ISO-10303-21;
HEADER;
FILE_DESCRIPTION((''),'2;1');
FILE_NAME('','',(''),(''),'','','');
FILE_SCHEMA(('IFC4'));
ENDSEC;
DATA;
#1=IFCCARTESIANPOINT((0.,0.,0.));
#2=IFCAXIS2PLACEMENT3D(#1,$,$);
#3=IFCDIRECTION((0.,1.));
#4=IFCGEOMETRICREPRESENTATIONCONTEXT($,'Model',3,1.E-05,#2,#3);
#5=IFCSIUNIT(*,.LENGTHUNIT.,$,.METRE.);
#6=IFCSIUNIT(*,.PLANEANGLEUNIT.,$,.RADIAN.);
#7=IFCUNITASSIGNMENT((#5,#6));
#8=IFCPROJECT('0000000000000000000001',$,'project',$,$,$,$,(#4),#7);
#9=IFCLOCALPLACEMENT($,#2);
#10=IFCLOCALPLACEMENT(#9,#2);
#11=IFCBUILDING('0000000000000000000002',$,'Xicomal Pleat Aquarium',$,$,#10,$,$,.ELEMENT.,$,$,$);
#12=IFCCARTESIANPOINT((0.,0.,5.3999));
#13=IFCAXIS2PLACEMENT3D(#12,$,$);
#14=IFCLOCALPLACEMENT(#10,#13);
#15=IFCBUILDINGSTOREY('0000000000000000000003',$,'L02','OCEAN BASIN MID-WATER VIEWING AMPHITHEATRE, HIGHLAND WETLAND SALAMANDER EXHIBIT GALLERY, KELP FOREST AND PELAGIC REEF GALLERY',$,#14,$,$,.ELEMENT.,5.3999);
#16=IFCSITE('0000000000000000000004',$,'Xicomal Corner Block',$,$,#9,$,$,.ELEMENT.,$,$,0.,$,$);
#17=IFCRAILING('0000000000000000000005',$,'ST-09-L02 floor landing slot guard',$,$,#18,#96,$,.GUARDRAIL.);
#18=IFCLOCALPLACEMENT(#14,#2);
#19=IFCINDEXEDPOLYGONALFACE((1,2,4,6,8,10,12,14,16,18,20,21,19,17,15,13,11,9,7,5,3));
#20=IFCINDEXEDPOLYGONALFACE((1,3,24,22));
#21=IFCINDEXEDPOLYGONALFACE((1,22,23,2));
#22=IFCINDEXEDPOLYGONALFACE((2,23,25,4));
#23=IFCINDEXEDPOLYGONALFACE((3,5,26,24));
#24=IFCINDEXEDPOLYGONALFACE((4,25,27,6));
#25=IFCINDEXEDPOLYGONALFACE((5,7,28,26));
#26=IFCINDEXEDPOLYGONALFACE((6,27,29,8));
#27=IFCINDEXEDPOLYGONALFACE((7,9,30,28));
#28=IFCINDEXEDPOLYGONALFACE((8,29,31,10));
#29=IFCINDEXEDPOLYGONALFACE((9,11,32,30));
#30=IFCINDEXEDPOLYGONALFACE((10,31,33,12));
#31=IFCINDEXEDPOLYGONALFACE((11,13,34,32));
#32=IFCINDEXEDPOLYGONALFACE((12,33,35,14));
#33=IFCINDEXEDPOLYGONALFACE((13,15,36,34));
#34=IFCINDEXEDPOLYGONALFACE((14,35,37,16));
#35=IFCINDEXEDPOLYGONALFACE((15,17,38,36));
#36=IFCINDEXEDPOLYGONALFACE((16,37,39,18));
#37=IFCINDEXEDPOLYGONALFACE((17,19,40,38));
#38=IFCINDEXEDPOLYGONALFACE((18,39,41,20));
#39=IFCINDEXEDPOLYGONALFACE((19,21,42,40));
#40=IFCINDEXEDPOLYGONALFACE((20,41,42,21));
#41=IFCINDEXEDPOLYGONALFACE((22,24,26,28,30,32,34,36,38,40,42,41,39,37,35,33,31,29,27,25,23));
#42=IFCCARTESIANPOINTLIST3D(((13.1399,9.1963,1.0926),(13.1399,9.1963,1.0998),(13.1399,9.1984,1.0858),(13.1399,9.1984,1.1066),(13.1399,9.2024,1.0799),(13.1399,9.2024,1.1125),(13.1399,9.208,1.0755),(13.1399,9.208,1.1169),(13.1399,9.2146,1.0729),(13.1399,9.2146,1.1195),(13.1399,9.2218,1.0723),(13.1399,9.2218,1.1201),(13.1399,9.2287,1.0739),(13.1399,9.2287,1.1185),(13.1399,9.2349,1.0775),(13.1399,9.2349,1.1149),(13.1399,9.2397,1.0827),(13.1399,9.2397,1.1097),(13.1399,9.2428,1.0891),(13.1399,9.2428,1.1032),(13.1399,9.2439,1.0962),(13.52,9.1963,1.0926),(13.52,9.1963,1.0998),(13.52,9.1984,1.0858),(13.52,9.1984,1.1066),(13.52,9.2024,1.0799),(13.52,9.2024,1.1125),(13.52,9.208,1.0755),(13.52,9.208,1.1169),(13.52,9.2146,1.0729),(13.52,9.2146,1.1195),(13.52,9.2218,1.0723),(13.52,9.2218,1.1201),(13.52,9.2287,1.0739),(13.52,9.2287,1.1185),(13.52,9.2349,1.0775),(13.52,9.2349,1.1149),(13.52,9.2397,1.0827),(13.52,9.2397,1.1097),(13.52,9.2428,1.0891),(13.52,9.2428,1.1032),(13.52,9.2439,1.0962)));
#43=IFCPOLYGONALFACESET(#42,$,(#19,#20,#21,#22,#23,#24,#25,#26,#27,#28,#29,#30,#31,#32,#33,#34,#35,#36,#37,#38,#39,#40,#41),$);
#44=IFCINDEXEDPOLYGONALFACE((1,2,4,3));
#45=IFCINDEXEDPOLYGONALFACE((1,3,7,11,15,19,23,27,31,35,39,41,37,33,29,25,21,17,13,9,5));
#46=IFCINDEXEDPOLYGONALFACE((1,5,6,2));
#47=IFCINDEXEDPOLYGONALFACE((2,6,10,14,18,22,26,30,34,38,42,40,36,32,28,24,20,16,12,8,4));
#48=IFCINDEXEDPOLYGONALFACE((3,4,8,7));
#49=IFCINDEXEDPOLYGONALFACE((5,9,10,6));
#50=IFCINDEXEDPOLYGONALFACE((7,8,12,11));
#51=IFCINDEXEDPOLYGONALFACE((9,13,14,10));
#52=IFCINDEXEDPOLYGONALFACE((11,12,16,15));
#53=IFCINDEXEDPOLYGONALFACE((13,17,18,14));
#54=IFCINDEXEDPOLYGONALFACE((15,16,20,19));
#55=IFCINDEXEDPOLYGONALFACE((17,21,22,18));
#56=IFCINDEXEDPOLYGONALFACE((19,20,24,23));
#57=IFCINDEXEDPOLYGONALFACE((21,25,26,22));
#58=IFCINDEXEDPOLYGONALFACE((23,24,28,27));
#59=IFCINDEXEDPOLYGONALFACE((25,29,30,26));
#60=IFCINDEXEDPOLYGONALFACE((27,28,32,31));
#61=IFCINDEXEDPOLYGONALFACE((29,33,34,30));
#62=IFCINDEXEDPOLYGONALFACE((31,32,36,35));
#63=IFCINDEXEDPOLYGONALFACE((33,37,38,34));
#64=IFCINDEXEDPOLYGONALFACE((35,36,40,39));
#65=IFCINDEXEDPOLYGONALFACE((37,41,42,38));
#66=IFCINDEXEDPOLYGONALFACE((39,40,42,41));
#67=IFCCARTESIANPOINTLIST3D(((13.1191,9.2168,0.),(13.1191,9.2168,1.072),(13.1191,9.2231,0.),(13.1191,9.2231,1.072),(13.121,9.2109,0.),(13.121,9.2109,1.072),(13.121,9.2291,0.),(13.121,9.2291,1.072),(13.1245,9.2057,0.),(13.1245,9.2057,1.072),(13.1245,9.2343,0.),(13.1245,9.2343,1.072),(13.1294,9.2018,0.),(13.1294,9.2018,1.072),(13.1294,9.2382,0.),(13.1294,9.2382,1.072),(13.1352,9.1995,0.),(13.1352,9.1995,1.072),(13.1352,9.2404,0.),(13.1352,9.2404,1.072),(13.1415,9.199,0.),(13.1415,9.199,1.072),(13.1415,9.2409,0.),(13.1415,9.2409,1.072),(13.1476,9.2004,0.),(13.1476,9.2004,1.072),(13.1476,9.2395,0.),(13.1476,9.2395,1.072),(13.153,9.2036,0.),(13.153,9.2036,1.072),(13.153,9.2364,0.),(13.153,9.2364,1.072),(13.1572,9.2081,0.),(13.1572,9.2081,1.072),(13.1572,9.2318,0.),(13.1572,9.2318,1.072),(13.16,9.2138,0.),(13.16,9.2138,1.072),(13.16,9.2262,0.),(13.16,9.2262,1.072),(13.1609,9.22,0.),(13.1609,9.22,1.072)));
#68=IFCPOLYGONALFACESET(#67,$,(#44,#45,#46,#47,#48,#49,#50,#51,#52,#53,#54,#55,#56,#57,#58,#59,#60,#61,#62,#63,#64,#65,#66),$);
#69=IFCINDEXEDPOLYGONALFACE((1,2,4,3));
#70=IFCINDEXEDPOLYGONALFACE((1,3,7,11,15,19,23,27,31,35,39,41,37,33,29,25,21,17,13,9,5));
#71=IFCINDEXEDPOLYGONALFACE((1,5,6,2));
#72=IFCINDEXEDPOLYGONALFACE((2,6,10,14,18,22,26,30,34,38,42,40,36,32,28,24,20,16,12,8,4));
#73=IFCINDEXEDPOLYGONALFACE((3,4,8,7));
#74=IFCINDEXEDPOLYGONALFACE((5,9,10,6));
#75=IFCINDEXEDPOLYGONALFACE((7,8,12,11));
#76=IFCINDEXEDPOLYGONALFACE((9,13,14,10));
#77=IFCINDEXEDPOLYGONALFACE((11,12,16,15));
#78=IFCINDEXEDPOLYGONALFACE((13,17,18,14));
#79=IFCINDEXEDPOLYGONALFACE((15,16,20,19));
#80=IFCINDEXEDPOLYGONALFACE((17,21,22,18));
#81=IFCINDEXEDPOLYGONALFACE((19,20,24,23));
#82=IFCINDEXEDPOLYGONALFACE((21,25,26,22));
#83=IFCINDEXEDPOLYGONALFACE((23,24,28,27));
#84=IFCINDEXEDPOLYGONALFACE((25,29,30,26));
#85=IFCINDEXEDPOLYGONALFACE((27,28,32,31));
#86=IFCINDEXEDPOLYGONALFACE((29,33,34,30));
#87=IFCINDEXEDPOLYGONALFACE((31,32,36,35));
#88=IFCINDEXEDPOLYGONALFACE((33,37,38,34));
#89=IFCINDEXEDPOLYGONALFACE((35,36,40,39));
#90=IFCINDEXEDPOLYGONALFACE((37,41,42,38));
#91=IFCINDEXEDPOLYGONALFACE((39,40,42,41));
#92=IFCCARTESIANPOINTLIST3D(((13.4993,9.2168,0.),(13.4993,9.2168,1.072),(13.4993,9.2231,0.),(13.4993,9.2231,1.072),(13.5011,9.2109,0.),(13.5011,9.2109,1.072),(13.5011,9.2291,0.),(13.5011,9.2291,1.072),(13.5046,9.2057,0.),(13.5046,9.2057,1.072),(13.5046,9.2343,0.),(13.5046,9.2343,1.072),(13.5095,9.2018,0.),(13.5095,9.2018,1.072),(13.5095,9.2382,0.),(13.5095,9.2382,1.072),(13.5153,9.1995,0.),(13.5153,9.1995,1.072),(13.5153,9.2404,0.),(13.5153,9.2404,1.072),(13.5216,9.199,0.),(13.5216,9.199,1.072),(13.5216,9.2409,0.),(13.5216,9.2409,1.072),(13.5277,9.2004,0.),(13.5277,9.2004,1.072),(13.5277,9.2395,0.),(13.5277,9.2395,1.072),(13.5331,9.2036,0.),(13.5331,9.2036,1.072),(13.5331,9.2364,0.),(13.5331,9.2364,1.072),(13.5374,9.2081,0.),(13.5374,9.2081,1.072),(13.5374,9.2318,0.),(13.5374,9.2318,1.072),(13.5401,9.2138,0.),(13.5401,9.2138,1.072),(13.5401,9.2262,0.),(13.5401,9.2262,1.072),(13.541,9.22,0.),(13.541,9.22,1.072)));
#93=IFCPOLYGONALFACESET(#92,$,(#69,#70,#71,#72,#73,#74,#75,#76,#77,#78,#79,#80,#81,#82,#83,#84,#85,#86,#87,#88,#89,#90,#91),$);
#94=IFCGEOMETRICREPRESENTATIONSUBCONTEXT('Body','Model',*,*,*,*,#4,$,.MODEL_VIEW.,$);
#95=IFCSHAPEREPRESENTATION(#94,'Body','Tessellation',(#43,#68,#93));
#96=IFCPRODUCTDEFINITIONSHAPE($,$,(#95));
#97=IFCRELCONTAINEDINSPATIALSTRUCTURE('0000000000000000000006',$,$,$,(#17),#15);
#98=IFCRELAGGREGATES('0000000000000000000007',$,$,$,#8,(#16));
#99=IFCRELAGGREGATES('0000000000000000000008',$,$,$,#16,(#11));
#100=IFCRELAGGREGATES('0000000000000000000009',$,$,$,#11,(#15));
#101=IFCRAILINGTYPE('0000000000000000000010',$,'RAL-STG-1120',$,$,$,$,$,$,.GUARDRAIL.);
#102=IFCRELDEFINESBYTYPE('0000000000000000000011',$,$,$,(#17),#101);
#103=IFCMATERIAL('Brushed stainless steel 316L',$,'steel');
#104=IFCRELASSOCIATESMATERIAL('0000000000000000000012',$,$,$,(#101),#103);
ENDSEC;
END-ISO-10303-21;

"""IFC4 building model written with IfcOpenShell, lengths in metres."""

from ifc_helpers import new_model, si_unit, direction, frame, origin, origin_2d, place, context, subcontext, project, spatial, circle, extrude, material, type_object, element, save


model = new_model("IFC4")

# Units and contexts
model_context = context("Model", 3, precision=1e-05, world=origin(), true_north=direction((0.0, 1.0)))
body_context = subcontext(model_context, "Body", "Model", "MODEL_VIEW")
ifc_project = project(units=[si_unit("LENGTHUNIT", "METRE"), si_unit("PLANEANGLEUNIT", "RADIAN")], contexts=[model_context])

# Site, building, storey
site_placement = place(None, origin())
site = spatial("IfcSite", under=ifc_project, at=site_placement, Name="Xicomal Corner Block", CompositionType="ELEMENT", RefElevation=0.0)
building_placement = place(site_placement, origin())
building = spatial("IfcBuilding", under=site, at=building_placement, Name="Xicomal Pleat Aquarium", CompositionType="ELEMENT")
storey_placement = place(building_placement, frame((0.0, 0.0, 5.3999)))
storey = spatial("IfcBuildingStorey", under=building, at=storey_placement, Name="L02", Description="OCEAN BASIN MID-WATER VIEWING AMPHITHEATRE, HIGHLAND WETLAND SALAMANDER EXHIBIT GALLERY, KELP FOREST AND PELAGIC REEF GALLERY", CompositionType="ELEMENT", Elevation=5.3999)

# Railing
ifc_material_1 = material(Name="Brushed stainless steel 316L", Category="steel")
railing_type_1 = type_object("IfcRailingType", Name="RAL-STG-1120", PredefinedType="GUARDRAIL", material=ifc_material_1)
railing_1_placement = place(storey_placement, frame((13.1399, 9.22, 0.0)))
element("IfcRailing", 1, at=railing_1_placement, inside=storey, type_object=railing_type_1, Name="ST-09-L02 floor landing slot guard", PredefinedType="GUARDRAIL", context=body_context, shape_type="SweptSolid", body=[
    extrude(circle(Radius=0.0239, at=origin_2d()), frame((0.0, 0.0, 1.0962), z_axis=(1.0, 0.0, 0.0), x_axis=(0.0, 1.0, 0.0)), (0.0, 0.0, 1.0), 0.3801),
    extrude(circle(Radius=0.021, at=origin_2d()), origin(), (0.0, 0.0, 1.0), 1.072),
    extrude(circle(Radius=0.021, at=origin_2d()), frame((0.3801, 0.0, 0.0)), (0.0, 0.0, 1.0), 1.072),
])

save(model, "model.ifc")
